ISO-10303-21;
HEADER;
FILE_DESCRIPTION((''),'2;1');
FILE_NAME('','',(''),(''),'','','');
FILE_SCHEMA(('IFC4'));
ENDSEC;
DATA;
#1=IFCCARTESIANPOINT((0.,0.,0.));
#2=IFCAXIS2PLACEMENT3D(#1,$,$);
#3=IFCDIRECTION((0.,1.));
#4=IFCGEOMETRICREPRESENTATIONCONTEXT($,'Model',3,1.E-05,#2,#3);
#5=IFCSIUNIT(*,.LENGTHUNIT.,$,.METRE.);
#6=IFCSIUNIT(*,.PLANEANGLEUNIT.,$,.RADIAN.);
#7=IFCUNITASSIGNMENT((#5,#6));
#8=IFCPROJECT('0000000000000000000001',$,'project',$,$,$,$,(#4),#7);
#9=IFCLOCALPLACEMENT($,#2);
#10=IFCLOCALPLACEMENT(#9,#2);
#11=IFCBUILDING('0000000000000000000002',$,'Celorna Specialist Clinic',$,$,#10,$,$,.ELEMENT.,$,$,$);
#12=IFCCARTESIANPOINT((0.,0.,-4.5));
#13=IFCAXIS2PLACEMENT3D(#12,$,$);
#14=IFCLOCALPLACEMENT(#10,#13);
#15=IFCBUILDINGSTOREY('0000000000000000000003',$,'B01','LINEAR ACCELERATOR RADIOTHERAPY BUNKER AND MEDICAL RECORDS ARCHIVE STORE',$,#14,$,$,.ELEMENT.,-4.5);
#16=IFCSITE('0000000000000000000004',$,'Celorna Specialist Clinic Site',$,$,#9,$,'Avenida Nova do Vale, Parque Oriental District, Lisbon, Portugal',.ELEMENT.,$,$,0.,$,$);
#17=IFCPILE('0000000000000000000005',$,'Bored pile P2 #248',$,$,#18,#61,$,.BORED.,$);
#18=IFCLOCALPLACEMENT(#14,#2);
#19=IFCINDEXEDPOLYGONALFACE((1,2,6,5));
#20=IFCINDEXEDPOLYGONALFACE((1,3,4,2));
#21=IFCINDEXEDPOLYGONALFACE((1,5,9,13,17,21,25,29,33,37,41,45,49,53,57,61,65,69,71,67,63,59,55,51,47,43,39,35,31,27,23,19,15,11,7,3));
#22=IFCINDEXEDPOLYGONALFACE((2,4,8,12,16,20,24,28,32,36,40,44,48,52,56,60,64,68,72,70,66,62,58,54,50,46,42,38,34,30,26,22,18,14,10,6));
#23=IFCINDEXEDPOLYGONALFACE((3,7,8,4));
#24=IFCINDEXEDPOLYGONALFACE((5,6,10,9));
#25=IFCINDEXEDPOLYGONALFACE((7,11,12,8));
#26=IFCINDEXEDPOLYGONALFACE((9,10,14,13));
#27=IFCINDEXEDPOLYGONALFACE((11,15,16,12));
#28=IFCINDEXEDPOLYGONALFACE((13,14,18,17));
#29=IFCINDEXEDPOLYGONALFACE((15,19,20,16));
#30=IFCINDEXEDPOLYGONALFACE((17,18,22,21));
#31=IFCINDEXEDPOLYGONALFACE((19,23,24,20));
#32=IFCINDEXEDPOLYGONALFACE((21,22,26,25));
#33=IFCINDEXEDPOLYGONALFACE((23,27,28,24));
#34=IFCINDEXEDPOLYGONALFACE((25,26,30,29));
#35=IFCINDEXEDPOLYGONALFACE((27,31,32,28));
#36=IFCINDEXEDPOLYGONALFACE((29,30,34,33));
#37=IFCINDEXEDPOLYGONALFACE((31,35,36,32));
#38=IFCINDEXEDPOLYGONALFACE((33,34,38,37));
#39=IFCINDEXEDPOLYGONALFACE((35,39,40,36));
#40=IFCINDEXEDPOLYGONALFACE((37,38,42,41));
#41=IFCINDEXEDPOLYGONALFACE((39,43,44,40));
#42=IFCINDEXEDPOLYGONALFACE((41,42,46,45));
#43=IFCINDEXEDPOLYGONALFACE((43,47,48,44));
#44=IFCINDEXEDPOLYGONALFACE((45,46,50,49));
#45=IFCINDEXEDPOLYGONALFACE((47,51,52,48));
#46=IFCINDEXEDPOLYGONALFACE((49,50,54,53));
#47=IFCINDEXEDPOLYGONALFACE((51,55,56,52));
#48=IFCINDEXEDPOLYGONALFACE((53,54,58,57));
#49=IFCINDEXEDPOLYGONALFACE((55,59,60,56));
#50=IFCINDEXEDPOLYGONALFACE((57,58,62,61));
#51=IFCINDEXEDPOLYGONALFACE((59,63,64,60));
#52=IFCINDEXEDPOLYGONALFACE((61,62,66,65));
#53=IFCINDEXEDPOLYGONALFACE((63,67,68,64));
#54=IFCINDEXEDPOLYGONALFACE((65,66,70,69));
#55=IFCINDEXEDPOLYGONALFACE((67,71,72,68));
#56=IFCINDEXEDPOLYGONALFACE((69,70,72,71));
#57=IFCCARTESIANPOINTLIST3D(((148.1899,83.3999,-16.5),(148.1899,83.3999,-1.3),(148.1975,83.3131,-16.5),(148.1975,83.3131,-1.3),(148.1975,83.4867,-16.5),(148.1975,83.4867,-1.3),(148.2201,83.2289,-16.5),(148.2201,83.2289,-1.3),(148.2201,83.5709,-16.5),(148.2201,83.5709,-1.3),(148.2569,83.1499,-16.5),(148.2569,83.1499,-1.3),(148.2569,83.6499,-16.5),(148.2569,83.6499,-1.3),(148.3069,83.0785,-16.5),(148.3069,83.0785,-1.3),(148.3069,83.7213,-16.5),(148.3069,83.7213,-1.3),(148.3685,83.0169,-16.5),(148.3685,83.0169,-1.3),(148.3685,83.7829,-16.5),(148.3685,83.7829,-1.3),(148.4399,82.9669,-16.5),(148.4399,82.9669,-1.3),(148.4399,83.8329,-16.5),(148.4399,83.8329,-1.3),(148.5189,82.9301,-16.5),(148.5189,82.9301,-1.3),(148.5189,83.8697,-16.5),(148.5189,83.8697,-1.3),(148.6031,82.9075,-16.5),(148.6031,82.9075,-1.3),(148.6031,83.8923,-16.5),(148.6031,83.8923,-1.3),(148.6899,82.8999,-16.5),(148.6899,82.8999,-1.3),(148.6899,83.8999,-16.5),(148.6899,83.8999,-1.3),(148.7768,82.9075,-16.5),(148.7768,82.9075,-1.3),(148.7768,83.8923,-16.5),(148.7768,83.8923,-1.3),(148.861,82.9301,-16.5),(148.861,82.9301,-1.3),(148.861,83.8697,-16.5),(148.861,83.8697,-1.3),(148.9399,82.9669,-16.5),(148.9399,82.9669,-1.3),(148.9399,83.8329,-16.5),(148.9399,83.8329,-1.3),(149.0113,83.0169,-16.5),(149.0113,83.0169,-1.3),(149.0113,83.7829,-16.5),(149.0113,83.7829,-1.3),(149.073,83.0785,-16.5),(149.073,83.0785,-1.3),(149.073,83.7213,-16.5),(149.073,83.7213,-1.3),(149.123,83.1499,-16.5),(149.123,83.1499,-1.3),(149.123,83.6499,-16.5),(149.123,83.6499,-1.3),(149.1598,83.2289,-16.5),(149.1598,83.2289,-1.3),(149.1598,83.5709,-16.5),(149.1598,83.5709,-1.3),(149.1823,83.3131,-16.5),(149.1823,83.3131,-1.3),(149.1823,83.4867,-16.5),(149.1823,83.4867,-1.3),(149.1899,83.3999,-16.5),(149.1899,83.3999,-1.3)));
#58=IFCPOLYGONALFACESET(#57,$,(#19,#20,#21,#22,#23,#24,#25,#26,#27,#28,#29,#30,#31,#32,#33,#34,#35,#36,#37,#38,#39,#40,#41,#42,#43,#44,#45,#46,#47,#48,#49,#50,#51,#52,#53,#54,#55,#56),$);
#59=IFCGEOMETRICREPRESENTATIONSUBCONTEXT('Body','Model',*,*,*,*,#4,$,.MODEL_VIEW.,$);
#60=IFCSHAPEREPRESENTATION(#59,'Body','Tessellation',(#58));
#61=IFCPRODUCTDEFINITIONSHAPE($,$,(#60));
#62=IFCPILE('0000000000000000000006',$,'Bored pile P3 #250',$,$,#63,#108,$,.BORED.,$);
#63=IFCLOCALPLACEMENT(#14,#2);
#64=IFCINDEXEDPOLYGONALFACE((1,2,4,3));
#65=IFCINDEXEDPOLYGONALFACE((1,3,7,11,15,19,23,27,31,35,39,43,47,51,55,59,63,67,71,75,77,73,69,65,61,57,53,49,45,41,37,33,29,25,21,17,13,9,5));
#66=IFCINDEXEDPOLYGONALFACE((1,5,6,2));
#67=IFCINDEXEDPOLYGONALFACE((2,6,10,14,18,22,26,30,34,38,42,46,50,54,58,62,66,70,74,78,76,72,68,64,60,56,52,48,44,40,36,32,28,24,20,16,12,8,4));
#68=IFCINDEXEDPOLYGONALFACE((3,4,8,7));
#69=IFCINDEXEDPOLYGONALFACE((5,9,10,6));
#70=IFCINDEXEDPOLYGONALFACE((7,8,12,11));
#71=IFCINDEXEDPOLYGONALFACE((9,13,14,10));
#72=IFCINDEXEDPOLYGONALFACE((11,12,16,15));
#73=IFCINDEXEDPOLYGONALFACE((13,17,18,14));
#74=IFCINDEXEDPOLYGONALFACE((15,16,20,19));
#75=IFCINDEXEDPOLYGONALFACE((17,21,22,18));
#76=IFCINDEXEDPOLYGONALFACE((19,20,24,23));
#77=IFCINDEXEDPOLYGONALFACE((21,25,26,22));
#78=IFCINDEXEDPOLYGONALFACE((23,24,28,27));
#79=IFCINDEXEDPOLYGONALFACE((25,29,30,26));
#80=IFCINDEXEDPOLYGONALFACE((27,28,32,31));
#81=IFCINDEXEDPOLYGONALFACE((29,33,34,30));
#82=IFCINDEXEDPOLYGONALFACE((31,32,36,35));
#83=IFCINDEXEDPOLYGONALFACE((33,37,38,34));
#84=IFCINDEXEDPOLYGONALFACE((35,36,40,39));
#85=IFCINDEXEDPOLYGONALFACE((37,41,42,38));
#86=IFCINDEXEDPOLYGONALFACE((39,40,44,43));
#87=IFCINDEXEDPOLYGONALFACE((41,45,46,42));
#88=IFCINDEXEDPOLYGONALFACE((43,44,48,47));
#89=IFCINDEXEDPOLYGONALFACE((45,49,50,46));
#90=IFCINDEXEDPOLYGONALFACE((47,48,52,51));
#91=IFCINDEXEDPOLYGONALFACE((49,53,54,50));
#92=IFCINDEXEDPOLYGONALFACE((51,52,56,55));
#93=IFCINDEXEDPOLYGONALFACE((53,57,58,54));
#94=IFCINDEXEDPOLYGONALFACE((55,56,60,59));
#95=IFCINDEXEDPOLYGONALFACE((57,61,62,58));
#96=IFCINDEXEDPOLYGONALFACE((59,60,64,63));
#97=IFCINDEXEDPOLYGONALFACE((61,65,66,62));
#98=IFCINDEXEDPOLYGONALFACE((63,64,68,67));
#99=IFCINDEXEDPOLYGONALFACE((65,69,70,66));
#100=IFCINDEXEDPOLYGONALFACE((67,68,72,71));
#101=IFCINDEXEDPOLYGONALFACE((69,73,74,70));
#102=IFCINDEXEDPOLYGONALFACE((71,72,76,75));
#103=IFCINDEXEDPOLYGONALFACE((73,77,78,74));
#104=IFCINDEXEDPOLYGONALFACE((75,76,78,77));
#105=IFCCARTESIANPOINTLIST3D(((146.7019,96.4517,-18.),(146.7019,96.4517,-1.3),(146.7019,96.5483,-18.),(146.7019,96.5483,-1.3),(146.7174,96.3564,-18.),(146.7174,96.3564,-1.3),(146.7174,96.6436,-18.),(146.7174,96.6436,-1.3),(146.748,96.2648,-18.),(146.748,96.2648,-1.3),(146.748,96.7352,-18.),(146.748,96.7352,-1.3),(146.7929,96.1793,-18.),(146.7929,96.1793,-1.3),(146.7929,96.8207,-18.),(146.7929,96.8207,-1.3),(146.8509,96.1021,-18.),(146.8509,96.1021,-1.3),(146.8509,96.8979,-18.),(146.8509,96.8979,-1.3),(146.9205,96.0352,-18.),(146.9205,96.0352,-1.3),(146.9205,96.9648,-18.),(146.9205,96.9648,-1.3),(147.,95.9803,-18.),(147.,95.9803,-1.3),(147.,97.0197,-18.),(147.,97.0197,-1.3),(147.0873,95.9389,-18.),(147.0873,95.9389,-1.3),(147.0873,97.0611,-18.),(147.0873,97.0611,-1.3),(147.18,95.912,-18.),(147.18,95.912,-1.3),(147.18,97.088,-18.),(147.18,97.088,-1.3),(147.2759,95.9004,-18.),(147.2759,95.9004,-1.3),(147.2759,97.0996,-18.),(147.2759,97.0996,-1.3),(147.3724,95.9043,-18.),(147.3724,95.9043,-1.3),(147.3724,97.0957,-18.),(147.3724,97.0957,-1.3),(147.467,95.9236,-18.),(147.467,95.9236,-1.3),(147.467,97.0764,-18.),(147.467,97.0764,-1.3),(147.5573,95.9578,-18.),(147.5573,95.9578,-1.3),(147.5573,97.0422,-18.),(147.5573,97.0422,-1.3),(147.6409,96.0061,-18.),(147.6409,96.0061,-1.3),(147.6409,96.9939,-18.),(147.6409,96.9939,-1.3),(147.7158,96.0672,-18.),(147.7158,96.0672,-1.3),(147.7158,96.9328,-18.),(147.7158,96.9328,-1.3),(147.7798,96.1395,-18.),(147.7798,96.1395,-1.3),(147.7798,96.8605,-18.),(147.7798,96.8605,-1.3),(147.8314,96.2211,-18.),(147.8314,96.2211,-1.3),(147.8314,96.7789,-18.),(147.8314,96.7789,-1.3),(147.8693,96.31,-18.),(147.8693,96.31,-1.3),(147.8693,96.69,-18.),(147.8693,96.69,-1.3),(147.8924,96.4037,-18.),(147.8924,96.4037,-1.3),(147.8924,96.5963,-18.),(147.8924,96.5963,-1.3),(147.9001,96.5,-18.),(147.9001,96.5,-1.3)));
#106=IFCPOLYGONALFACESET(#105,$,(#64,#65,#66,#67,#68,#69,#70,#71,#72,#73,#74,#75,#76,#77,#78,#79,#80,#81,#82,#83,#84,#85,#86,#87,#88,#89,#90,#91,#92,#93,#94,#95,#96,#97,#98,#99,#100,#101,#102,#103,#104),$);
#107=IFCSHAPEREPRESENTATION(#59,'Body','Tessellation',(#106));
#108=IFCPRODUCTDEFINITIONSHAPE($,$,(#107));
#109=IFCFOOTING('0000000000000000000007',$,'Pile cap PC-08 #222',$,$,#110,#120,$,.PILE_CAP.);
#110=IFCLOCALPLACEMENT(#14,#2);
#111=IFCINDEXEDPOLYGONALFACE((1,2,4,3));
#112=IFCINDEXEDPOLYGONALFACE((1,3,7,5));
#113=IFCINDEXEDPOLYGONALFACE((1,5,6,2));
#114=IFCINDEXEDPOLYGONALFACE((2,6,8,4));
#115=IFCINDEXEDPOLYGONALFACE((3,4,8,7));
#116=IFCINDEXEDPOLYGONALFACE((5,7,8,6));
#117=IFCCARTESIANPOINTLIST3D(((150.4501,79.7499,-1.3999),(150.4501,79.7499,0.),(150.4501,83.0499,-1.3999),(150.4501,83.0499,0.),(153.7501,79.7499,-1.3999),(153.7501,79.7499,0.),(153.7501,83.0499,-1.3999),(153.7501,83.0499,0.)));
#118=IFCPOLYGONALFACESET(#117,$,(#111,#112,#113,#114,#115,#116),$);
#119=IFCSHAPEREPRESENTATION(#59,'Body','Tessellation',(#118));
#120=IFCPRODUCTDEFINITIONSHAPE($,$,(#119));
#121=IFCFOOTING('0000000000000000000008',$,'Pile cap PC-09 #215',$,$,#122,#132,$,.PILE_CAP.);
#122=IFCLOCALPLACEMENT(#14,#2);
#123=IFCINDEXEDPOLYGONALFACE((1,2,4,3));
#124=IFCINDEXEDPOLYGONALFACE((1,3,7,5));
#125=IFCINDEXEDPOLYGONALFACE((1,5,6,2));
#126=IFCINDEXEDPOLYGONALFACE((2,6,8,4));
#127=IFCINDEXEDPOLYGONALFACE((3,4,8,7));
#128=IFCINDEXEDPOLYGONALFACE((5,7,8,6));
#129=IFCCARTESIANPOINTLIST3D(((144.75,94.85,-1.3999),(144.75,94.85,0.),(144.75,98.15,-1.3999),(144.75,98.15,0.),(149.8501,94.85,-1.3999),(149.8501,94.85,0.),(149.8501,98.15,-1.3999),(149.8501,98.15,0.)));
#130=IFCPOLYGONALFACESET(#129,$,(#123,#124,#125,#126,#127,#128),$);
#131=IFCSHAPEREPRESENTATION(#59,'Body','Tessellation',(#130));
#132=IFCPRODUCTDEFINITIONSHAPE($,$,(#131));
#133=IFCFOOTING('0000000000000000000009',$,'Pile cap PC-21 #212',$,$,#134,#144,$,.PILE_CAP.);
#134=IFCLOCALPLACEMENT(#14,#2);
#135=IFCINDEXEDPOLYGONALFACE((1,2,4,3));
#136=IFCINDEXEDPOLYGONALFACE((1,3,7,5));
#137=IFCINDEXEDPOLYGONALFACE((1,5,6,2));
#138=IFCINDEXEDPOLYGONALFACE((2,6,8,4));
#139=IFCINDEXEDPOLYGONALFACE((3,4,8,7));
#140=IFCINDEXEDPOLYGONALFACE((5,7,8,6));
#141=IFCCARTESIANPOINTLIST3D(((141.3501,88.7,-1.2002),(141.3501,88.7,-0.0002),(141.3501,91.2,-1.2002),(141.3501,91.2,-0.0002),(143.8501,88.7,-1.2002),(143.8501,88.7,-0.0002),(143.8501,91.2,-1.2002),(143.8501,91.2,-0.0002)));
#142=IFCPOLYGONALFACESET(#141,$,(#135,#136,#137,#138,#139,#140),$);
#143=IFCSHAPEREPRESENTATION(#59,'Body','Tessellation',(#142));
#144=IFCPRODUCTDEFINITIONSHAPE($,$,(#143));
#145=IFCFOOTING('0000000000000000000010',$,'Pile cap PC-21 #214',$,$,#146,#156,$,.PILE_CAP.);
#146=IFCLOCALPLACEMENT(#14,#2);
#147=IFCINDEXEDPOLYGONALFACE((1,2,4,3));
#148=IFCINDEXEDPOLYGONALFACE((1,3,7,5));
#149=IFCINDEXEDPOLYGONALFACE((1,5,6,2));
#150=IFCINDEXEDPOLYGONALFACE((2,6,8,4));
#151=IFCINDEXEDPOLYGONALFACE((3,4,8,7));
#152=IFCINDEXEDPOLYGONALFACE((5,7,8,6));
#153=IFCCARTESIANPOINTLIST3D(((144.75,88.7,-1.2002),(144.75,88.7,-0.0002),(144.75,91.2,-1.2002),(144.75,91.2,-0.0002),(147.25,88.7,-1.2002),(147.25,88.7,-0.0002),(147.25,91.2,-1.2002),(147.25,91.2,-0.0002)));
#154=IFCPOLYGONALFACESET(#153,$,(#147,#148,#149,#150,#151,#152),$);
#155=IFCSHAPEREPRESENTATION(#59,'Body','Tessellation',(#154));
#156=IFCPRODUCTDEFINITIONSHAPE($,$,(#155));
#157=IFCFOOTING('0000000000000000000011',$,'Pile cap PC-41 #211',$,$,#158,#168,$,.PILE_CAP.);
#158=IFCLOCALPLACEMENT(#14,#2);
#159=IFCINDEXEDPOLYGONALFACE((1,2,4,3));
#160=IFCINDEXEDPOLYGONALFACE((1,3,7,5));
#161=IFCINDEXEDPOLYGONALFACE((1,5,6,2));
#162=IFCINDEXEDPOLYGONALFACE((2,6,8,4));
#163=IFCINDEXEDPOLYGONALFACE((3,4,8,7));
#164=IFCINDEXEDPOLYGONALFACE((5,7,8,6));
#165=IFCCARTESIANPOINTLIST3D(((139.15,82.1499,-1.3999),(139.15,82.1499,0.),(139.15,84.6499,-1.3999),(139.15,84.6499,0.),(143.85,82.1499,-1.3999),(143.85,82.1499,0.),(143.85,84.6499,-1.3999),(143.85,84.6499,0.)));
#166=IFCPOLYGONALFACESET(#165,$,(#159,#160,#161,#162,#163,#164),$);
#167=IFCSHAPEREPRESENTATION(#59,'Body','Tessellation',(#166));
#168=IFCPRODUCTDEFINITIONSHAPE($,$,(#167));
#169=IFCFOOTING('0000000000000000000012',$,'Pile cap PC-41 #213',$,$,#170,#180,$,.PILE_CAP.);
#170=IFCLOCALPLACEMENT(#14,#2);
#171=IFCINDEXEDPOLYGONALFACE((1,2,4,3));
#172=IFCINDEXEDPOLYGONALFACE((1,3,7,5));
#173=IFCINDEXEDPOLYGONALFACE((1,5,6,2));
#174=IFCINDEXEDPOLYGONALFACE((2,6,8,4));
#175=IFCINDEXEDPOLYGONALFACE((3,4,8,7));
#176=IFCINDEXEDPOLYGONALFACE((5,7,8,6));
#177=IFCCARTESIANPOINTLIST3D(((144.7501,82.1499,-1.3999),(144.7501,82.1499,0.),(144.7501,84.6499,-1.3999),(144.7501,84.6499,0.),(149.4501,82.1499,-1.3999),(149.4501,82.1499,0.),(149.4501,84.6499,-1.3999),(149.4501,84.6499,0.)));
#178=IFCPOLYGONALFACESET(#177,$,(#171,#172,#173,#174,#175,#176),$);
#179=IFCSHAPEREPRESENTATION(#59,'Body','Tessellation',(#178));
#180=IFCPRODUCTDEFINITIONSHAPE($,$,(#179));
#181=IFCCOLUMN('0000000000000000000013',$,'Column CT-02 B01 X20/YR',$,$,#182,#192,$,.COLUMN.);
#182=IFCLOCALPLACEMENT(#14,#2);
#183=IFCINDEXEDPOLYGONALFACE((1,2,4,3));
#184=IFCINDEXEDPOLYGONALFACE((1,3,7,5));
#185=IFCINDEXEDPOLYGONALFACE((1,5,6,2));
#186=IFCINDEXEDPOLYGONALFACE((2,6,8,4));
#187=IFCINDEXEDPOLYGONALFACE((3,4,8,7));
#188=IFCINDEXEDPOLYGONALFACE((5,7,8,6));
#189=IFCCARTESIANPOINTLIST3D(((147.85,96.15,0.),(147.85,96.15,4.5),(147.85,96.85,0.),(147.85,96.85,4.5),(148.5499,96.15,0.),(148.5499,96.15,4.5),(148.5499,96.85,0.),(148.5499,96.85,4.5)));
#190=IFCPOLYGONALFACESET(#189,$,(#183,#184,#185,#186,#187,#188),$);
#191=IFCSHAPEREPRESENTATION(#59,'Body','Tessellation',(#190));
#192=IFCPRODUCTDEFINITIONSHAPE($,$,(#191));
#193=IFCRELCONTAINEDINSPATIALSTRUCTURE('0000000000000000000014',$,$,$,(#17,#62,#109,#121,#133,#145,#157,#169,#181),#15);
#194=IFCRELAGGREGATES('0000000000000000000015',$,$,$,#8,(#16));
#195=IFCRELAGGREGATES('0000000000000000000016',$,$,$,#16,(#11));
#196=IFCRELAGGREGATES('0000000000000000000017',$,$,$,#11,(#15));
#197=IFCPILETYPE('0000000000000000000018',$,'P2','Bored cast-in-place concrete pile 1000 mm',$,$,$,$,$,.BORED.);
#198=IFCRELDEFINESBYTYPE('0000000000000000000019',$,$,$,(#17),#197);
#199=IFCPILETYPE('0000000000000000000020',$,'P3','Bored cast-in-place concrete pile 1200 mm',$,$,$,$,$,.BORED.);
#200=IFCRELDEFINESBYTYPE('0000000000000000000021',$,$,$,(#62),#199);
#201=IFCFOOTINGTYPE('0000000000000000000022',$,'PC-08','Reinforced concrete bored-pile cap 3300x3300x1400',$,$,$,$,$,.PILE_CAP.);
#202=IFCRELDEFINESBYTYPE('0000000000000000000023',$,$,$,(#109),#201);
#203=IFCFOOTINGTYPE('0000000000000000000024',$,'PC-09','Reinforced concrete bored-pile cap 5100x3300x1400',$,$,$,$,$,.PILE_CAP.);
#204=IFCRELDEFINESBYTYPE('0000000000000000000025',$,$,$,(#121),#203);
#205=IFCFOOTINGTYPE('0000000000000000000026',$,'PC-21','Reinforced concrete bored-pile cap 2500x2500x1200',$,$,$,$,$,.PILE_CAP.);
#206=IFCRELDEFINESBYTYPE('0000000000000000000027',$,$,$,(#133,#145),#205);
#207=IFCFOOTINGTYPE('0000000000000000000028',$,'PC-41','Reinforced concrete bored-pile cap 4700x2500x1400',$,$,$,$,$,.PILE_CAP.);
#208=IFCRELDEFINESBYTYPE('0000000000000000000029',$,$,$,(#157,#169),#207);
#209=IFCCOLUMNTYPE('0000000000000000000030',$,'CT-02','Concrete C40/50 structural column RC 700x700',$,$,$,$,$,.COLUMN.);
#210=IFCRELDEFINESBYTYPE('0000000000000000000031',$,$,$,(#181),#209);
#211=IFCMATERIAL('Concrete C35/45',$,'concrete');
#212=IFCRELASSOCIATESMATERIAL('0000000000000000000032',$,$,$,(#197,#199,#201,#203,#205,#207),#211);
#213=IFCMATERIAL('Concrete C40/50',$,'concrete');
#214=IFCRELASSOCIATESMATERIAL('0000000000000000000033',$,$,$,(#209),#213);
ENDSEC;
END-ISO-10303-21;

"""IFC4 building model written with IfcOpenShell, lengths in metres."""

from ifc_helpers import new_model, si_unit, direction, frame, origin, origin_2d, place, context, subcontext, project, spatial, rectangle, circle, extrude, material, material_profile, profile_set, type_object, element, save


model = new_model("IFC4")

# Units and contexts
model_context = context("Model", 3, precision=1e-05, world=origin(), true_north=direction((0.0, 1.0)))
body_context = subcontext(model_context, "Body", "Model", "MODEL_VIEW")
ifc_project = project(units=[si_unit("LENGTHUNIT", "METRE"), si_unit("PLANEANGLEUNIT", "RADIAN")], contexts=[model_context])

# Site, building, storey
site_placement = place(None, origin())
site = spatial("IfcSite", under=ifc_project, at=site_placement, Name="Celorna Specialist Clinic Site", LongName="Avenida Nova do Vale, Parque Oriental District, Lisbon, Portugal", CompositionType="ELEMENT", RefElevation=0.0)
building_placement = place(site_placement, origin())
building = spatial("IfcBuilding", under=site, at=building_placement, Name="Celorna Specialist Clinic", CompositionType="ELEMENT")
storey_placement = place(building_placement, frame((0.0, 0.0, -4.5)))
storey = spatial("IfcBuildingStorey", under=building, at=storey_placement, Name="B01", Description="LINEAR ACCELERATOR RADIOTHERAPY BUNKER AND MEDICAL RECORDS ARCHIVE STORE", CompositionType="ELEMENT", Elevation=-4.5)

# Shared definitions
ifc_material_1 = material(Name="Concrete C35/45", Category="concrete")

# Piles
ifc_material_profile_1 = material_profile(ifc_material_1, circle(Radius=0.5, at=origin_2d()), Name="BORED PILE 1000")
ifc_profile_set_1 = profile_set([ifc_material_profile_1], Name="Concrete C35/45")
pile_type_1 = type_object("IfcPileType", Name="P2", Description="Bored cast-in-place concrete pile 1000 mm", PredefinedType="BORED", material=ifc_profile_set_1)
for number, where, z_axis, x_axis, name in (
    (1, (148.6899, 83.3999, -1.3), (0.0, 0.0, -1.0), (1.0, 0.0, 0.0), "Bored pile P2 #248"),
):
    element("IfcPile", number, at=place(storey_placement, frame(where, z_axis=z_axis, x_axis=x_axis)), inside=storey, type_object=pile_type_1, Name=name, PredefinedType="BORED", context=body_context, shape_type="SweptSolid", body=[
        extrude(circle(Radius=0.5, at=origin_2d()), origin(), (0.0, 0.0, 1.0), 15.2),
    ])
ifc_material_profile_2 = material_profile(ifc_material_1, circle(Radius=0.6001, at=origin_2d()), Name="BORED PILE 1200")
ifc_profile_set_2 = profile_set([ifc_material_profile_2], Name="Concrete C35/45")
pile_type_2 = type_object("IfcPileType", Name="P3", Description="Bored cast-in-place concrete pile 1200 mm", PredefinedType="BORED", material=ifc_profile_set_2)
pile_placement = place(storey_placement, frame((147.3, 96.5, -1.3), z_axis=(0.0, 0.0, -1.0), x_axis=(1.0, 0.0, 0.0)))
element("IfcPile", 2, at=pile_placement, inside=storey, type_object=pile_type_2, Name="Bored pile P3 #250", PredefinedType="BORED", context=body_context, shape_type="SweptSolid", body=[
    extrude(circle(Radius=0.6001, at=origin_2d()), origin(), (0.0, 0.0, 1.0), 16.7),
])

# Footings
footing_type_1 = type_object("IfcFootingType", Name="PC-08", Description="Reinforced concrete bored-pile cap 3300x3300x1400", PredefinedType="PILE_CAP", material=ifc_material_1)
footing_1_placement = place(storey_placement, frame((152.1001, 81.3999, -1.3999), z_axis=(0.0, 0.0, 1.0), x_axis=(1.0, 0.0, 0.0)))
element("IfcFooting", 3, at=footing_1_placement, inside=storey, type_object=footing_type_1, Name="Pile cap PC-08 #222", PredefinedType="PILE_CAP", context=body_context, shape_type="SweptSolid", body=[
    extrude(rectangle(XDim=3.3, YDim=3.3, at=origin_2d()), origin(), (0.0, 0.0, 1.0), 1.3999),
])
footing_type_2 = type_object("IfcFootingType", Name="PC-09", Description="Reinforced concrete bored-pile cap 5100x3300x1400", PredefinedType="PILE_CAP", material=ifc_material_1)
footing_2_placement = place(storey_placement, frame((147.3, 96.5, -1.3999), z_axis=(0.0, 0.0, 1.0), x_axis=(1.0, 0.0, 0.0)))
element("IfcFooting", 4, at=footing_2_placement, inside=storey, type_object=footing_type_2, Name="Pile cap PC-09 #215", PredefinedType="PILE_CAP", context=body_context, shape_type="SweptSolid", body=[
    extrude(rectangle(XDim=5.1001, YDim=3.3, at=origin_2d()), origin(), (0.0, 0.0, 1.0), 1.3999),
])
footing_type_3 = type_object("IfcFootingType", Name="PC-21", Description="Reinforced concrete bored-pile cap 2500x2500x1200", PredefinedType="PILE_CAP", material=ifc_material_1)
for number, where, z_axis, x_axis, name in (
    (5, (142.6001, 89.95, -1.2002), (0.0, 0.0, 1.0), (1.0, 0.0, 0.0), "Pile cap PC-21 #212"),
    (6, (146.0, 89.95, -1.2002), (0.0, 0.0, 1.0), (1.0, 0.0, 0.0), "Pile cap PC-21 #214"),
):
    element("IfcFooting", number, at=place(storey_placement, frame(where, z_axis=z_axis, x_axis=x_axis)), inside=storey, type_object=footing_type_3, Name=name, PredefinedType="PILE_CAP", context=body_context, shape_type="SweptSolid", body=[
        extrude(rectangle(XDim=2.5, YDim=2.5, at=origin_2d()), origin(), (0.0, 0.0, 1.0), 1.2),
    ])
footing_type_4 = type_object("IfcFootingType", Name="PC-41", Description="Reinforced concrete bored-pile cap 4700x2500x1400", PredefinedType="PILE_CAP", material=ifc_material_1)
for number, where, z_axis, x_axis, name in (
    (7, (141.5, 83.3999, -1.3999), (0.0, 0.0, 1.0), (1.0, 0.0, 0.0), "Pile cap PC-41 #211"),
    (8, (147.1001, 83.3999, -1.3999), (0.0, 0.0, 1.0), (1.0, 0.0, 0.0), "Pile cap PC-41 #213"),
):
    element("IfcFooting", number, at=place(storey_placement, frame(where, z_axis=z_axis, x_axis=x_axis)), inside=storey, type_object=footing_type_4, Name=name, PredefinedType="PILE_CAP", context=body_context, shape_type="SweptSolid", body=[
        extrude(rectangle(XDim=4.7, YDim=2.5, at=origin_2d()), origin(), (0.0, 0.0, 1.0), 1.3999),
    ])

# Column
ifc_material_2 = material(Name="Concrete C40/50", Category="concrete")
ifc_material_profile_3 = material_profile(ifc_material_2, rectangle(XDim=0.7, YDim=0.7, at=origin_2d()), Name="RC 700x700")
ifc_profile_set_3 = profile_set([ifc_material_profile_3], Name="Concrete C40/50")
column_type_1 = type_object("IfcColumnType", Name="CT-02", Description="Concrete C40/50 structural column RC 700x700", PredefinedType="COLUMN", material=ifc_profile_set_3)
column_1_placement = place(storey_placement, frame((148.2, 96.5, 0.0), z_axis=(0.0, 0.0, 1.0), x_axis=(1.0, 0.0, 0.0)))
element("IfcColumn", 9, at=column_1_placement, inside=storey, type_object=column_type_1, Name="Column CT-02 B01 X20/YR", PredefinedType="COLUMN", context=body_context, shape_type="SweptSolid", body=[
    extrude(rectangle(XDim=0.7, YDim=0.7, at=origin_2d()), origin(), (0.0, 0.0, 1.0), 4.5),
])

save(model, "model.ifc")
